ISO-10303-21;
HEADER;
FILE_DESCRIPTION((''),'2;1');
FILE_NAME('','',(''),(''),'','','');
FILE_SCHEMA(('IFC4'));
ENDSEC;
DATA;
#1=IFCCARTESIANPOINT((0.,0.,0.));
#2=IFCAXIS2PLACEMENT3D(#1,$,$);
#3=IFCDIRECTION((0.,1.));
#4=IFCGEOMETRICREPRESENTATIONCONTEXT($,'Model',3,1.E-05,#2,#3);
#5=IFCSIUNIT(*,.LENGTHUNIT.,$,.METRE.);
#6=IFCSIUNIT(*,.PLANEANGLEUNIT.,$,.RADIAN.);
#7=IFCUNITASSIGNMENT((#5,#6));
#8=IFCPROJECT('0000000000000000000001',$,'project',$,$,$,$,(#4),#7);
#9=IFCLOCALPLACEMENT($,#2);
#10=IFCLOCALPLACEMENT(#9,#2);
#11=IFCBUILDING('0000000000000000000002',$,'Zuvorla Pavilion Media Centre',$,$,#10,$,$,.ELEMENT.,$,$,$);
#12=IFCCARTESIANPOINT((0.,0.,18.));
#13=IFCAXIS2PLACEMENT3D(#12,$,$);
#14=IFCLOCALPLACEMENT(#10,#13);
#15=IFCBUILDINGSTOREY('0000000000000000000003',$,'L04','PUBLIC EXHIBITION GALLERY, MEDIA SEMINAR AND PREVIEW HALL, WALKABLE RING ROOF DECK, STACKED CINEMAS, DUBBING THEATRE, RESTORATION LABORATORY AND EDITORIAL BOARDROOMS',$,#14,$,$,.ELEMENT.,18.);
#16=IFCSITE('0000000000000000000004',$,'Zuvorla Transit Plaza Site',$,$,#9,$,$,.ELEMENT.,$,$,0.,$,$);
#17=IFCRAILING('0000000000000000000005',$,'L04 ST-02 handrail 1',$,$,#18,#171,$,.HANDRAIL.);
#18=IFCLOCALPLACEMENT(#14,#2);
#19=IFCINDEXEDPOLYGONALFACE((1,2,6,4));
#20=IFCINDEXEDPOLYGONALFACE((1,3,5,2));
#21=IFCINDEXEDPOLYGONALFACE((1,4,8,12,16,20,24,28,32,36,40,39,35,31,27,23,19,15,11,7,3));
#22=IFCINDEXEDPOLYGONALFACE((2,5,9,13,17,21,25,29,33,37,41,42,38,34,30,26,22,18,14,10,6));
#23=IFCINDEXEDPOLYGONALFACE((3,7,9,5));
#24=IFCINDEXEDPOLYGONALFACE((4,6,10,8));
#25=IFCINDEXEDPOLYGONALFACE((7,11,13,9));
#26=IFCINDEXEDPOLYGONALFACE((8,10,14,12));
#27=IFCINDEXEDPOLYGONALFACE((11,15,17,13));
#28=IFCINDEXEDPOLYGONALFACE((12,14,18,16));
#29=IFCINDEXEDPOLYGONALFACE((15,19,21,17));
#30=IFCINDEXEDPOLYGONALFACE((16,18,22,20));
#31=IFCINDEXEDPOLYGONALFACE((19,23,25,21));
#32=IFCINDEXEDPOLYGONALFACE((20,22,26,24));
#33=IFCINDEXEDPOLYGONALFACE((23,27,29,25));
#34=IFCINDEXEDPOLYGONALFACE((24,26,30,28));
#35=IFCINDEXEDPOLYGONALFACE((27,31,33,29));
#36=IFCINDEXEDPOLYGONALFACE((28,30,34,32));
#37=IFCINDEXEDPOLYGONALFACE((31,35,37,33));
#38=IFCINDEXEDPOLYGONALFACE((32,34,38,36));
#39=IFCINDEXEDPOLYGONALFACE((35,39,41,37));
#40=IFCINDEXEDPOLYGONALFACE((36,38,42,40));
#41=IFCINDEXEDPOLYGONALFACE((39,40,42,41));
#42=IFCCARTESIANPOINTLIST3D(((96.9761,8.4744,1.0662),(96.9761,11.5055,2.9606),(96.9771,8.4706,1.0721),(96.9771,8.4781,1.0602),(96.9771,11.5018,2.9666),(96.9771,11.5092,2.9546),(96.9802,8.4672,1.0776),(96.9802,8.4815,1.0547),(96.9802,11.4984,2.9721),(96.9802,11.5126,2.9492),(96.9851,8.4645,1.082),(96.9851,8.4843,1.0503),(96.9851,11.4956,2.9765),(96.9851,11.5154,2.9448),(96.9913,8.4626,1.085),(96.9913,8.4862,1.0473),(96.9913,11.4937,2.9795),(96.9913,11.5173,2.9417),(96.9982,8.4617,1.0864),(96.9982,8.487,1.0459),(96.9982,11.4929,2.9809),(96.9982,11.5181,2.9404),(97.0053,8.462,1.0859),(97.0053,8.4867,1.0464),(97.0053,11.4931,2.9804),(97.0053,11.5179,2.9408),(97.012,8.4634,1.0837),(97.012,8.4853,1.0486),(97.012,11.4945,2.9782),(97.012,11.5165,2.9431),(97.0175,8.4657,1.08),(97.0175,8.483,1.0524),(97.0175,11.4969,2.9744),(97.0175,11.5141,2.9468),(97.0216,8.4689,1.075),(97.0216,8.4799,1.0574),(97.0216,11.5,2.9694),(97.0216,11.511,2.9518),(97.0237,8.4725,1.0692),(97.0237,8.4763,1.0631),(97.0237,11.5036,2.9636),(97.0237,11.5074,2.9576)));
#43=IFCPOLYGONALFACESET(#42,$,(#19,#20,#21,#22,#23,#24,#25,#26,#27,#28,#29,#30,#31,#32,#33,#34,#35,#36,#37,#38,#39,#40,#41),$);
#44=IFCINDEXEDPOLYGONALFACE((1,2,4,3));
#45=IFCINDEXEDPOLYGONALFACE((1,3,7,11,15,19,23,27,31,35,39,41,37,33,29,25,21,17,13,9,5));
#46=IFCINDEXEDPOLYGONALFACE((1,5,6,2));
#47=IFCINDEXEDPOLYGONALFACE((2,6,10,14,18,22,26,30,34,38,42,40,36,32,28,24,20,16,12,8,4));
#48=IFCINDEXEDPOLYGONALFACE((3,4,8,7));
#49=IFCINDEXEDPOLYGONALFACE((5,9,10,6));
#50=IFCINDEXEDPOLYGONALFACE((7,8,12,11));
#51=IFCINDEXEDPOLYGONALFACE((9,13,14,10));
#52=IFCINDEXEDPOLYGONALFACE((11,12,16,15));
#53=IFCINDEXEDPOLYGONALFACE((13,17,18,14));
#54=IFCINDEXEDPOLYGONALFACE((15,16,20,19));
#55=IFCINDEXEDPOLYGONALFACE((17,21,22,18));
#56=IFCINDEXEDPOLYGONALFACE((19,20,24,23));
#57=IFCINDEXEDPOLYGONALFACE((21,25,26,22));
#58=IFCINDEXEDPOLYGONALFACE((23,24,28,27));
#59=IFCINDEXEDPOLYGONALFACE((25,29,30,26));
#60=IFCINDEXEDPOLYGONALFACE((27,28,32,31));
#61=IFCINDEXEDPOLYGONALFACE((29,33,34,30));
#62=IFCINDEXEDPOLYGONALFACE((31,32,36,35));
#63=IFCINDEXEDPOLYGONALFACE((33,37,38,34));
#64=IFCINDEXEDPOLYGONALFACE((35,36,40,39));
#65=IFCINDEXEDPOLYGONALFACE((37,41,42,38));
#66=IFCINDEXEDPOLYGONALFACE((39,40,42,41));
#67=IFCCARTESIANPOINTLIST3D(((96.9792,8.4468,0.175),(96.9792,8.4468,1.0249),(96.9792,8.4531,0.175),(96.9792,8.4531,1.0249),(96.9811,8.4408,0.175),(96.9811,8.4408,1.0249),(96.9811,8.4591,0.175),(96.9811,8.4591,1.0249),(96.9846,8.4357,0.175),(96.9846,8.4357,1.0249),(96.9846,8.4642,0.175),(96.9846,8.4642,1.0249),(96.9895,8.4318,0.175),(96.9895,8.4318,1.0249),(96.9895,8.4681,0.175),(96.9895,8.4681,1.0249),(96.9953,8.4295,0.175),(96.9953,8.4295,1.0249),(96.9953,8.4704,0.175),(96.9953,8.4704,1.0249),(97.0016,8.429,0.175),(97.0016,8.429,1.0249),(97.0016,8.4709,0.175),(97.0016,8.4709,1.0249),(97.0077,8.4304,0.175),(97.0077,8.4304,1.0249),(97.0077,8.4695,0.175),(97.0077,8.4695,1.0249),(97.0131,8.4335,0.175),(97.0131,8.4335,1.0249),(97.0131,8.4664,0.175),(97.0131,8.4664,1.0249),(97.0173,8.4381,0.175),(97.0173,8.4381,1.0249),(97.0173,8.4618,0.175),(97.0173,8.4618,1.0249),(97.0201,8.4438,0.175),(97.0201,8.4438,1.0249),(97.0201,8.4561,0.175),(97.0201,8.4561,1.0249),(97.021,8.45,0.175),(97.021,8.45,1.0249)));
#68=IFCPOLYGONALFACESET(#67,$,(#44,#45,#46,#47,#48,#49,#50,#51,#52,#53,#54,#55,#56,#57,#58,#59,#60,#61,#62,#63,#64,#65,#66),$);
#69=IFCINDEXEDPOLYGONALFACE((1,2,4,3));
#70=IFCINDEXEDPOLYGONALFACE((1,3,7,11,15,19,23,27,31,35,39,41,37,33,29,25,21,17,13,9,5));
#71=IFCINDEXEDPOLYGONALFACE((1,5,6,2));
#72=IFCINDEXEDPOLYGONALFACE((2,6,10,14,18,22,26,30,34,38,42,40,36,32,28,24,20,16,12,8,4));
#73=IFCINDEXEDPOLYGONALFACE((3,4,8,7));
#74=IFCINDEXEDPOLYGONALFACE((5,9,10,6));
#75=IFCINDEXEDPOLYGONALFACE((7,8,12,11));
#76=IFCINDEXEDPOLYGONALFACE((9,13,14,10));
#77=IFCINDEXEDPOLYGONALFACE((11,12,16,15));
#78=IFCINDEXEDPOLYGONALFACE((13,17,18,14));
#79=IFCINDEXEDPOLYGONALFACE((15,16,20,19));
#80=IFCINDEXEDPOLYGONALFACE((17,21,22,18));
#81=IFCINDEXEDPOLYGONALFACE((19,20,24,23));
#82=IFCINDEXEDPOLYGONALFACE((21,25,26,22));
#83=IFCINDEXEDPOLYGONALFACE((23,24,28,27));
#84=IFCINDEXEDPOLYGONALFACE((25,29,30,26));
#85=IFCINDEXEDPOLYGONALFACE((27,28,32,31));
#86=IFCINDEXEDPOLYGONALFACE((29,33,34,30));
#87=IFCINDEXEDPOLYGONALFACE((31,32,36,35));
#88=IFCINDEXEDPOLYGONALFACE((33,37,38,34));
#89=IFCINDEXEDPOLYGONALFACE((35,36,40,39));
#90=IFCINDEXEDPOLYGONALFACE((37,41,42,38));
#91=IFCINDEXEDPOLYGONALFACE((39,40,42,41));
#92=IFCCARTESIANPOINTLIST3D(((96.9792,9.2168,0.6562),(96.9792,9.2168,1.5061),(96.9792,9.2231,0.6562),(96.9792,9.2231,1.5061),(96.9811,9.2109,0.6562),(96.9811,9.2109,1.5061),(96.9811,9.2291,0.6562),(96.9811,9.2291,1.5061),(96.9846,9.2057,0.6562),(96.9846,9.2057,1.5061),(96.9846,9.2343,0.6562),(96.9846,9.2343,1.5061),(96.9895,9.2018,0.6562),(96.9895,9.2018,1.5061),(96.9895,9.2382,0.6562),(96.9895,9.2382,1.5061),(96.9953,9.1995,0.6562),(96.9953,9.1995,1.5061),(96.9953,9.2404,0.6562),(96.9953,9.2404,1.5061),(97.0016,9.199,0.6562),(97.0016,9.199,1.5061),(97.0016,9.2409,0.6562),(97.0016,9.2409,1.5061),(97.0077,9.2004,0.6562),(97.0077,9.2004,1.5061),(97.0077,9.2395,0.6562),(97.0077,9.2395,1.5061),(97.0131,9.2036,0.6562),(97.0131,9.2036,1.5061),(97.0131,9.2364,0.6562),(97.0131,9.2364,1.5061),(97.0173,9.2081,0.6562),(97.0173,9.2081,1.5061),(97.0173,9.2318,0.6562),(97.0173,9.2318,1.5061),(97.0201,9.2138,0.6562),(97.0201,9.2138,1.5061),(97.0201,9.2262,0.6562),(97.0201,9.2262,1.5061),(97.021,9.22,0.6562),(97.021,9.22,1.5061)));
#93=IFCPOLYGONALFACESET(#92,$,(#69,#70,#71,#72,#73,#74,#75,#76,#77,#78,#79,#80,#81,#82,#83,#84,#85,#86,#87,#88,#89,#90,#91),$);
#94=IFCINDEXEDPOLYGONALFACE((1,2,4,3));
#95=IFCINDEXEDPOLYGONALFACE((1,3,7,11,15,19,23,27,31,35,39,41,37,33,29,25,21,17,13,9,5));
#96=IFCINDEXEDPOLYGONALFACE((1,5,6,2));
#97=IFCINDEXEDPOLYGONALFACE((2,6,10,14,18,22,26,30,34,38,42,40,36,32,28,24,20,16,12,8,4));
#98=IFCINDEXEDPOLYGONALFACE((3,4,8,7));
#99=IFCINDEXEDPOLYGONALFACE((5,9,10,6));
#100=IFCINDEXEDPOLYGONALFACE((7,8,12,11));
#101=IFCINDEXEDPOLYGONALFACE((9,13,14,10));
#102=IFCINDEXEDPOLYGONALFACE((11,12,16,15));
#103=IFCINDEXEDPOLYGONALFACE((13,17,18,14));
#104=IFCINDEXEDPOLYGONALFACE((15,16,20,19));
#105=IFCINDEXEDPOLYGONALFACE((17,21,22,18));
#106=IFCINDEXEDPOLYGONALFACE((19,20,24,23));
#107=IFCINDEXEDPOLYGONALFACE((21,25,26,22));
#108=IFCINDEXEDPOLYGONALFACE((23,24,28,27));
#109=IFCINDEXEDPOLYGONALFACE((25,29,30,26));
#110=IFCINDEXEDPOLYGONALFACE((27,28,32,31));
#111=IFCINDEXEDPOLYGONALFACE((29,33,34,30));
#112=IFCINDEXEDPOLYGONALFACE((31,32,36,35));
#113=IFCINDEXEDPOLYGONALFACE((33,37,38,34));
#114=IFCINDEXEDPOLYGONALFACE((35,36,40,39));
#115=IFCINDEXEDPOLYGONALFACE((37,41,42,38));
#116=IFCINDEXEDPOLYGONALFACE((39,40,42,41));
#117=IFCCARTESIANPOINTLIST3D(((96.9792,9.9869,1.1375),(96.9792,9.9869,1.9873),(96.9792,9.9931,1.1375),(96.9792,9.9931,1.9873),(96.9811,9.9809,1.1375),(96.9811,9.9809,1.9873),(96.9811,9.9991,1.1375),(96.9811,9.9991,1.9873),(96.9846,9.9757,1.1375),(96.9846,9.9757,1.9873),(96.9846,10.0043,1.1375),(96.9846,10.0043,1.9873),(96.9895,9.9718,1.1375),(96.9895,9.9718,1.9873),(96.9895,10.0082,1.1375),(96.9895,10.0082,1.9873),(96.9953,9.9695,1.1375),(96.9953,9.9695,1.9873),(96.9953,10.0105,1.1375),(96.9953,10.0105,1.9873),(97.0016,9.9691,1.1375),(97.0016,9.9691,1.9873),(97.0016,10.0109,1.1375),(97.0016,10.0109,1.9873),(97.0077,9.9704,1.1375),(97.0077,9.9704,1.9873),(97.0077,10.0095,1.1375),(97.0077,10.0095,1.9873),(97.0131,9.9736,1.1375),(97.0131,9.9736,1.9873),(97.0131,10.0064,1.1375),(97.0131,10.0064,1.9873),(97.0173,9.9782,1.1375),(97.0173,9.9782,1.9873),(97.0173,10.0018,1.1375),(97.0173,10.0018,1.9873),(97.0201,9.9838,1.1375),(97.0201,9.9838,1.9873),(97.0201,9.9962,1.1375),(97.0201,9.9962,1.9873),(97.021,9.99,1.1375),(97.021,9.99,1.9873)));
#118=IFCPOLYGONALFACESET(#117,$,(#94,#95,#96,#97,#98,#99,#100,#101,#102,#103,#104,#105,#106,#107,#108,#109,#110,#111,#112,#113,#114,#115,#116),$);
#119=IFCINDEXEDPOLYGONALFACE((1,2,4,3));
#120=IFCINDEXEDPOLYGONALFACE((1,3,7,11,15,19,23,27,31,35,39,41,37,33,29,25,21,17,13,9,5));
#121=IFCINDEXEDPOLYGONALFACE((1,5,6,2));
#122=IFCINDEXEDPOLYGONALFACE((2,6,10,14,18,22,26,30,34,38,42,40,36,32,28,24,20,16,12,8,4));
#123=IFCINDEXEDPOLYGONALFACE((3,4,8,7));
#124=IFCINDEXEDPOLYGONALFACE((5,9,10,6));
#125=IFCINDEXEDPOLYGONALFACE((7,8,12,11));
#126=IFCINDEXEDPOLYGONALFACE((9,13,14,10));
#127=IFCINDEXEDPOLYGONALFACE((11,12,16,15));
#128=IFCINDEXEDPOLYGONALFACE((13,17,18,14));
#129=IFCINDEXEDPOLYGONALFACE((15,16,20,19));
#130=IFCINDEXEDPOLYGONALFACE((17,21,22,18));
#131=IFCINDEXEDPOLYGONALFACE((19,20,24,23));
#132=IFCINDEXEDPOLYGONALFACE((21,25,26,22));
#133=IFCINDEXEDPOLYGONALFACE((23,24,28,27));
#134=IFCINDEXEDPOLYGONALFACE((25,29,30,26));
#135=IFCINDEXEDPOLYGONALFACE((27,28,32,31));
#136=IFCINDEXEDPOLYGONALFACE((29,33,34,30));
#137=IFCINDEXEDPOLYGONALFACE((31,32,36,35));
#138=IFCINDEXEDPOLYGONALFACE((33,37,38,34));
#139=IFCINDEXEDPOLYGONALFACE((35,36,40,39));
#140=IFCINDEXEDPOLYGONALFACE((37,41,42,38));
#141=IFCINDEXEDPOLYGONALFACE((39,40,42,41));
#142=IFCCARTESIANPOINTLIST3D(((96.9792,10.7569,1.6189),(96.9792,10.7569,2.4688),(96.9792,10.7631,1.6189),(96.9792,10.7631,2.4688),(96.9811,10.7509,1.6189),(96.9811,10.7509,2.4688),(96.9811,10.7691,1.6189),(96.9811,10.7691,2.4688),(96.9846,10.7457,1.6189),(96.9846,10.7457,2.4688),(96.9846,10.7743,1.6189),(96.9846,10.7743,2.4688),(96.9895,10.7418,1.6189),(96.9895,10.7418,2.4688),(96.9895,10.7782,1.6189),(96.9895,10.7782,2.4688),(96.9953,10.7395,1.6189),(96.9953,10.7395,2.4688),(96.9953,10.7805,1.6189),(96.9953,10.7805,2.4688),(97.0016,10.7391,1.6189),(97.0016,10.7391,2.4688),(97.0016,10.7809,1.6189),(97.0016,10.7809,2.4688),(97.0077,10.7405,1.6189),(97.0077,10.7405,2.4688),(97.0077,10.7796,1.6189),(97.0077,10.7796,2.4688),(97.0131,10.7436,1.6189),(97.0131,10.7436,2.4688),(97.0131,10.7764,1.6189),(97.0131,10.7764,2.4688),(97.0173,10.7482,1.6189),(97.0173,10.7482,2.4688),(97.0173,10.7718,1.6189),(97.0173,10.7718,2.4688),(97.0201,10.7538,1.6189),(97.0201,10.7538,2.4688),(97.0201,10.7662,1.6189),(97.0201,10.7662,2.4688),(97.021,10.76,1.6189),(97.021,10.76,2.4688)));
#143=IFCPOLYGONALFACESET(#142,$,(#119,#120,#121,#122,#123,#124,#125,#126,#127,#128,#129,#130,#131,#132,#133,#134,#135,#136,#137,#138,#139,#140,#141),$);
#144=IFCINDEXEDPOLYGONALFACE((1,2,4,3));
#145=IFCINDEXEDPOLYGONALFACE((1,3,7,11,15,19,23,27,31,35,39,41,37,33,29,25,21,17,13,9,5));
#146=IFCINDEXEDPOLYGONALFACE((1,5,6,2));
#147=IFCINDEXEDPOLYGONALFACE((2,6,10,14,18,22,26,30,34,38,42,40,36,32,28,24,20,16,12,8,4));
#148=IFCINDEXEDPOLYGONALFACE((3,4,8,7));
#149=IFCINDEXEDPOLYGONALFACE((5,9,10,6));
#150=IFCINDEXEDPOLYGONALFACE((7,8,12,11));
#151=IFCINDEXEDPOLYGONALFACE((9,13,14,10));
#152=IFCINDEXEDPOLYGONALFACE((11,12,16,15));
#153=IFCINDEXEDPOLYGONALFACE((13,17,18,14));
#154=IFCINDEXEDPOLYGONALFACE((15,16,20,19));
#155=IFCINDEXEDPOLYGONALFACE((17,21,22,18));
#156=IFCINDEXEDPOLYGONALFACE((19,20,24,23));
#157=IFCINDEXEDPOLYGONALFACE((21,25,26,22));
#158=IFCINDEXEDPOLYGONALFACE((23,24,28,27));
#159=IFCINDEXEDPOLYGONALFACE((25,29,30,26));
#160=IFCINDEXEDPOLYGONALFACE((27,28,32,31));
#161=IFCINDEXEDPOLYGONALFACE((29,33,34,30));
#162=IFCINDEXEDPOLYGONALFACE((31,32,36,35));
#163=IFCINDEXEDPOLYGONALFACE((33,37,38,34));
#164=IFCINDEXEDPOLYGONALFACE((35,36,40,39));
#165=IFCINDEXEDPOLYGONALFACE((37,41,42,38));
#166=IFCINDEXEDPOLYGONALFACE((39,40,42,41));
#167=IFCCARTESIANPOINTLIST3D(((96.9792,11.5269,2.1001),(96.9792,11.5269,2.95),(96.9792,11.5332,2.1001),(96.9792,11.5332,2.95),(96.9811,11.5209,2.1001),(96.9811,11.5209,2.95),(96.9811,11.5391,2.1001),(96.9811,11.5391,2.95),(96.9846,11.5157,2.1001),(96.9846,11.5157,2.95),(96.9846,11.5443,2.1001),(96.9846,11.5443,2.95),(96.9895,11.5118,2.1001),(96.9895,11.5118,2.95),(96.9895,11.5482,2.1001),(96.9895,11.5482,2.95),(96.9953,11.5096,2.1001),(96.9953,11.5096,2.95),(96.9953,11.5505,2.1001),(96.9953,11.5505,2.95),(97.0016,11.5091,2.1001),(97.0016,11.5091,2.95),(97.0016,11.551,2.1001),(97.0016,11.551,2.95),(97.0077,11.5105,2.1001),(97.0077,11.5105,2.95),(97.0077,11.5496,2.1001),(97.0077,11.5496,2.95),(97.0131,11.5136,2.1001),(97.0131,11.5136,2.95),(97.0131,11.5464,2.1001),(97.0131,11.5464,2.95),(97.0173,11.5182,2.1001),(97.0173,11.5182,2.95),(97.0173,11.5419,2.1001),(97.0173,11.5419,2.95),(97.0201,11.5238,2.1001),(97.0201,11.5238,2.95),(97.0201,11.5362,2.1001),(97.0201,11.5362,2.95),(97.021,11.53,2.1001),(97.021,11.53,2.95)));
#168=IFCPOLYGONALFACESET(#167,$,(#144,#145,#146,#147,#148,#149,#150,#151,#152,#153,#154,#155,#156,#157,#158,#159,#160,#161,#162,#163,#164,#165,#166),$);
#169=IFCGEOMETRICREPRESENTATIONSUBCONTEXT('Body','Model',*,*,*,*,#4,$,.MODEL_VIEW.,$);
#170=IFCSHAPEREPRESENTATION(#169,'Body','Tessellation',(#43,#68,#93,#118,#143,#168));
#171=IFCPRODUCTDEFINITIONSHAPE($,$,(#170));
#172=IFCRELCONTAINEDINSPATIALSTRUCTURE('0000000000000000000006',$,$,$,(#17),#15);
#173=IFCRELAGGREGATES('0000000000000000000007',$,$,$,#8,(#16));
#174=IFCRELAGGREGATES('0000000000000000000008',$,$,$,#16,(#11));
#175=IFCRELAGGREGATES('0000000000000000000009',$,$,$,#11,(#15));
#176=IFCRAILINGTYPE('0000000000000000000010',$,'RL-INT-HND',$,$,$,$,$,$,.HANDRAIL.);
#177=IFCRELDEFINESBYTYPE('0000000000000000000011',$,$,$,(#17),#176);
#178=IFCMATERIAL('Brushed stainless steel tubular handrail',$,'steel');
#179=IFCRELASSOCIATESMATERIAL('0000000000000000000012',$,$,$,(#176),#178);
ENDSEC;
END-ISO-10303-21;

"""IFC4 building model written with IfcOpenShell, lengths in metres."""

from ifc_helpers import new_model, si_unit, direction, frame, origin, origin_2d, place, context, subcontext, project, spatial, circle, extrude, material, type_object, element, save


model = new_model("IFC4")

# Units and contexts
model_context = context("Model", 3, precision=1e-05, world=origin(), true_north=direction((0.0, 1.0)))
body_context = subcontext(model_context, "Body", "Model", "MODEL_VIEW")
ifc_project = project(units=[si_unit("LENGTHUNIT", "METRE"), si_unit("PLANEANGLEUNIT", "RADIAN")], contexts=[model_context])

# Site, building, storey
site_placement = place(None, origin())
site = spatial("IfcSite", under=ifc_project, at=site_placement, Name="Zuvorla Transit Plaza Site", CompositionType="ELEMENT", RefElevation=0.0)
building_placement = place(site_placement, origin())
building = spatial("IfcBuilding", under=site, at=building_placement, Name="Zuvorla Pavilion Media Centre", CompositionType="ELEMENT")
storey_placement = place(building_placement, frame((0.0, 0.0, 18.0)))
storey = spatial("IfcBuildingStorey", under=building, at=storey_placement, Name="L04", Description="PUBLIC EXHIBITION GALLERY, MEDIA SEMINAR AND PREVIEW HALL, WALKABLE RING ROOF DECK, STACKED CINEMAS, DUBBING THEATRE, RESTORATION LABORATORY AND EDITORIAL BOARDROOMS", CompositionType="ELEMENT", Elevation=18.0)

# Railing
ifc_material_1 = material(Name="Brushed stainless steel tubular handrail", Category="steel")
railing_type_1 = type_object("IfcRailingType", Name="RL-INT-HND", PredefinedType="HANDRAIL", material=ifc_material_1)
railing_1_placement = place(storey_placement, frame((97.0, 8.45, 0.175)))
element("IfcRailing", 1, at=railing_1_placement, inside=storey, type_object=railing_type_1, Name="L04 ST-02 handrail 1", PredefinedType="HANDRAIL", context=body_context, shape_type="SweptSolid", body=[
    extrude(circle(Radius=0.0239, at=origin_2d()), frame((0.0, 0.0244, 0.8911), z_axis=(0.0, 0.847998, 0.529999), x_axis=(-1.0, 0.0, 0.0)), (0.0, 0.0, 1.0), 3.5745),
    extrude(circle(Radius=0.021, at=origin_2d()), origin(), (0.0, 0.0, 1.0), 0.8499),
    extrude(circle(Radius=0.021, at=origin_2d()), frame((0.0, 0.77, 0.4812)), (0.0, 0.0, 1.0), 0.8499),
    extrude(circle(Radius=0.021, at=origin_2d()), frame((0.0, 1.54, 0.9624)), (0.0, 0.0, 1.0), 0.8499),
    extrude(circle(Radius=0.021, at=origin_2d()), frame((0.0, 2.3101, 1.4438)), (0.0, 0.0, 1.0), 0.8499),
    extrude(circle(Radius=0.021, at=origin_2d()), frame((0.0, 3.0801, 1.925)), (0.0, 0.0, 1.0), 0.8499),
])

save(model, "model.ifc")
